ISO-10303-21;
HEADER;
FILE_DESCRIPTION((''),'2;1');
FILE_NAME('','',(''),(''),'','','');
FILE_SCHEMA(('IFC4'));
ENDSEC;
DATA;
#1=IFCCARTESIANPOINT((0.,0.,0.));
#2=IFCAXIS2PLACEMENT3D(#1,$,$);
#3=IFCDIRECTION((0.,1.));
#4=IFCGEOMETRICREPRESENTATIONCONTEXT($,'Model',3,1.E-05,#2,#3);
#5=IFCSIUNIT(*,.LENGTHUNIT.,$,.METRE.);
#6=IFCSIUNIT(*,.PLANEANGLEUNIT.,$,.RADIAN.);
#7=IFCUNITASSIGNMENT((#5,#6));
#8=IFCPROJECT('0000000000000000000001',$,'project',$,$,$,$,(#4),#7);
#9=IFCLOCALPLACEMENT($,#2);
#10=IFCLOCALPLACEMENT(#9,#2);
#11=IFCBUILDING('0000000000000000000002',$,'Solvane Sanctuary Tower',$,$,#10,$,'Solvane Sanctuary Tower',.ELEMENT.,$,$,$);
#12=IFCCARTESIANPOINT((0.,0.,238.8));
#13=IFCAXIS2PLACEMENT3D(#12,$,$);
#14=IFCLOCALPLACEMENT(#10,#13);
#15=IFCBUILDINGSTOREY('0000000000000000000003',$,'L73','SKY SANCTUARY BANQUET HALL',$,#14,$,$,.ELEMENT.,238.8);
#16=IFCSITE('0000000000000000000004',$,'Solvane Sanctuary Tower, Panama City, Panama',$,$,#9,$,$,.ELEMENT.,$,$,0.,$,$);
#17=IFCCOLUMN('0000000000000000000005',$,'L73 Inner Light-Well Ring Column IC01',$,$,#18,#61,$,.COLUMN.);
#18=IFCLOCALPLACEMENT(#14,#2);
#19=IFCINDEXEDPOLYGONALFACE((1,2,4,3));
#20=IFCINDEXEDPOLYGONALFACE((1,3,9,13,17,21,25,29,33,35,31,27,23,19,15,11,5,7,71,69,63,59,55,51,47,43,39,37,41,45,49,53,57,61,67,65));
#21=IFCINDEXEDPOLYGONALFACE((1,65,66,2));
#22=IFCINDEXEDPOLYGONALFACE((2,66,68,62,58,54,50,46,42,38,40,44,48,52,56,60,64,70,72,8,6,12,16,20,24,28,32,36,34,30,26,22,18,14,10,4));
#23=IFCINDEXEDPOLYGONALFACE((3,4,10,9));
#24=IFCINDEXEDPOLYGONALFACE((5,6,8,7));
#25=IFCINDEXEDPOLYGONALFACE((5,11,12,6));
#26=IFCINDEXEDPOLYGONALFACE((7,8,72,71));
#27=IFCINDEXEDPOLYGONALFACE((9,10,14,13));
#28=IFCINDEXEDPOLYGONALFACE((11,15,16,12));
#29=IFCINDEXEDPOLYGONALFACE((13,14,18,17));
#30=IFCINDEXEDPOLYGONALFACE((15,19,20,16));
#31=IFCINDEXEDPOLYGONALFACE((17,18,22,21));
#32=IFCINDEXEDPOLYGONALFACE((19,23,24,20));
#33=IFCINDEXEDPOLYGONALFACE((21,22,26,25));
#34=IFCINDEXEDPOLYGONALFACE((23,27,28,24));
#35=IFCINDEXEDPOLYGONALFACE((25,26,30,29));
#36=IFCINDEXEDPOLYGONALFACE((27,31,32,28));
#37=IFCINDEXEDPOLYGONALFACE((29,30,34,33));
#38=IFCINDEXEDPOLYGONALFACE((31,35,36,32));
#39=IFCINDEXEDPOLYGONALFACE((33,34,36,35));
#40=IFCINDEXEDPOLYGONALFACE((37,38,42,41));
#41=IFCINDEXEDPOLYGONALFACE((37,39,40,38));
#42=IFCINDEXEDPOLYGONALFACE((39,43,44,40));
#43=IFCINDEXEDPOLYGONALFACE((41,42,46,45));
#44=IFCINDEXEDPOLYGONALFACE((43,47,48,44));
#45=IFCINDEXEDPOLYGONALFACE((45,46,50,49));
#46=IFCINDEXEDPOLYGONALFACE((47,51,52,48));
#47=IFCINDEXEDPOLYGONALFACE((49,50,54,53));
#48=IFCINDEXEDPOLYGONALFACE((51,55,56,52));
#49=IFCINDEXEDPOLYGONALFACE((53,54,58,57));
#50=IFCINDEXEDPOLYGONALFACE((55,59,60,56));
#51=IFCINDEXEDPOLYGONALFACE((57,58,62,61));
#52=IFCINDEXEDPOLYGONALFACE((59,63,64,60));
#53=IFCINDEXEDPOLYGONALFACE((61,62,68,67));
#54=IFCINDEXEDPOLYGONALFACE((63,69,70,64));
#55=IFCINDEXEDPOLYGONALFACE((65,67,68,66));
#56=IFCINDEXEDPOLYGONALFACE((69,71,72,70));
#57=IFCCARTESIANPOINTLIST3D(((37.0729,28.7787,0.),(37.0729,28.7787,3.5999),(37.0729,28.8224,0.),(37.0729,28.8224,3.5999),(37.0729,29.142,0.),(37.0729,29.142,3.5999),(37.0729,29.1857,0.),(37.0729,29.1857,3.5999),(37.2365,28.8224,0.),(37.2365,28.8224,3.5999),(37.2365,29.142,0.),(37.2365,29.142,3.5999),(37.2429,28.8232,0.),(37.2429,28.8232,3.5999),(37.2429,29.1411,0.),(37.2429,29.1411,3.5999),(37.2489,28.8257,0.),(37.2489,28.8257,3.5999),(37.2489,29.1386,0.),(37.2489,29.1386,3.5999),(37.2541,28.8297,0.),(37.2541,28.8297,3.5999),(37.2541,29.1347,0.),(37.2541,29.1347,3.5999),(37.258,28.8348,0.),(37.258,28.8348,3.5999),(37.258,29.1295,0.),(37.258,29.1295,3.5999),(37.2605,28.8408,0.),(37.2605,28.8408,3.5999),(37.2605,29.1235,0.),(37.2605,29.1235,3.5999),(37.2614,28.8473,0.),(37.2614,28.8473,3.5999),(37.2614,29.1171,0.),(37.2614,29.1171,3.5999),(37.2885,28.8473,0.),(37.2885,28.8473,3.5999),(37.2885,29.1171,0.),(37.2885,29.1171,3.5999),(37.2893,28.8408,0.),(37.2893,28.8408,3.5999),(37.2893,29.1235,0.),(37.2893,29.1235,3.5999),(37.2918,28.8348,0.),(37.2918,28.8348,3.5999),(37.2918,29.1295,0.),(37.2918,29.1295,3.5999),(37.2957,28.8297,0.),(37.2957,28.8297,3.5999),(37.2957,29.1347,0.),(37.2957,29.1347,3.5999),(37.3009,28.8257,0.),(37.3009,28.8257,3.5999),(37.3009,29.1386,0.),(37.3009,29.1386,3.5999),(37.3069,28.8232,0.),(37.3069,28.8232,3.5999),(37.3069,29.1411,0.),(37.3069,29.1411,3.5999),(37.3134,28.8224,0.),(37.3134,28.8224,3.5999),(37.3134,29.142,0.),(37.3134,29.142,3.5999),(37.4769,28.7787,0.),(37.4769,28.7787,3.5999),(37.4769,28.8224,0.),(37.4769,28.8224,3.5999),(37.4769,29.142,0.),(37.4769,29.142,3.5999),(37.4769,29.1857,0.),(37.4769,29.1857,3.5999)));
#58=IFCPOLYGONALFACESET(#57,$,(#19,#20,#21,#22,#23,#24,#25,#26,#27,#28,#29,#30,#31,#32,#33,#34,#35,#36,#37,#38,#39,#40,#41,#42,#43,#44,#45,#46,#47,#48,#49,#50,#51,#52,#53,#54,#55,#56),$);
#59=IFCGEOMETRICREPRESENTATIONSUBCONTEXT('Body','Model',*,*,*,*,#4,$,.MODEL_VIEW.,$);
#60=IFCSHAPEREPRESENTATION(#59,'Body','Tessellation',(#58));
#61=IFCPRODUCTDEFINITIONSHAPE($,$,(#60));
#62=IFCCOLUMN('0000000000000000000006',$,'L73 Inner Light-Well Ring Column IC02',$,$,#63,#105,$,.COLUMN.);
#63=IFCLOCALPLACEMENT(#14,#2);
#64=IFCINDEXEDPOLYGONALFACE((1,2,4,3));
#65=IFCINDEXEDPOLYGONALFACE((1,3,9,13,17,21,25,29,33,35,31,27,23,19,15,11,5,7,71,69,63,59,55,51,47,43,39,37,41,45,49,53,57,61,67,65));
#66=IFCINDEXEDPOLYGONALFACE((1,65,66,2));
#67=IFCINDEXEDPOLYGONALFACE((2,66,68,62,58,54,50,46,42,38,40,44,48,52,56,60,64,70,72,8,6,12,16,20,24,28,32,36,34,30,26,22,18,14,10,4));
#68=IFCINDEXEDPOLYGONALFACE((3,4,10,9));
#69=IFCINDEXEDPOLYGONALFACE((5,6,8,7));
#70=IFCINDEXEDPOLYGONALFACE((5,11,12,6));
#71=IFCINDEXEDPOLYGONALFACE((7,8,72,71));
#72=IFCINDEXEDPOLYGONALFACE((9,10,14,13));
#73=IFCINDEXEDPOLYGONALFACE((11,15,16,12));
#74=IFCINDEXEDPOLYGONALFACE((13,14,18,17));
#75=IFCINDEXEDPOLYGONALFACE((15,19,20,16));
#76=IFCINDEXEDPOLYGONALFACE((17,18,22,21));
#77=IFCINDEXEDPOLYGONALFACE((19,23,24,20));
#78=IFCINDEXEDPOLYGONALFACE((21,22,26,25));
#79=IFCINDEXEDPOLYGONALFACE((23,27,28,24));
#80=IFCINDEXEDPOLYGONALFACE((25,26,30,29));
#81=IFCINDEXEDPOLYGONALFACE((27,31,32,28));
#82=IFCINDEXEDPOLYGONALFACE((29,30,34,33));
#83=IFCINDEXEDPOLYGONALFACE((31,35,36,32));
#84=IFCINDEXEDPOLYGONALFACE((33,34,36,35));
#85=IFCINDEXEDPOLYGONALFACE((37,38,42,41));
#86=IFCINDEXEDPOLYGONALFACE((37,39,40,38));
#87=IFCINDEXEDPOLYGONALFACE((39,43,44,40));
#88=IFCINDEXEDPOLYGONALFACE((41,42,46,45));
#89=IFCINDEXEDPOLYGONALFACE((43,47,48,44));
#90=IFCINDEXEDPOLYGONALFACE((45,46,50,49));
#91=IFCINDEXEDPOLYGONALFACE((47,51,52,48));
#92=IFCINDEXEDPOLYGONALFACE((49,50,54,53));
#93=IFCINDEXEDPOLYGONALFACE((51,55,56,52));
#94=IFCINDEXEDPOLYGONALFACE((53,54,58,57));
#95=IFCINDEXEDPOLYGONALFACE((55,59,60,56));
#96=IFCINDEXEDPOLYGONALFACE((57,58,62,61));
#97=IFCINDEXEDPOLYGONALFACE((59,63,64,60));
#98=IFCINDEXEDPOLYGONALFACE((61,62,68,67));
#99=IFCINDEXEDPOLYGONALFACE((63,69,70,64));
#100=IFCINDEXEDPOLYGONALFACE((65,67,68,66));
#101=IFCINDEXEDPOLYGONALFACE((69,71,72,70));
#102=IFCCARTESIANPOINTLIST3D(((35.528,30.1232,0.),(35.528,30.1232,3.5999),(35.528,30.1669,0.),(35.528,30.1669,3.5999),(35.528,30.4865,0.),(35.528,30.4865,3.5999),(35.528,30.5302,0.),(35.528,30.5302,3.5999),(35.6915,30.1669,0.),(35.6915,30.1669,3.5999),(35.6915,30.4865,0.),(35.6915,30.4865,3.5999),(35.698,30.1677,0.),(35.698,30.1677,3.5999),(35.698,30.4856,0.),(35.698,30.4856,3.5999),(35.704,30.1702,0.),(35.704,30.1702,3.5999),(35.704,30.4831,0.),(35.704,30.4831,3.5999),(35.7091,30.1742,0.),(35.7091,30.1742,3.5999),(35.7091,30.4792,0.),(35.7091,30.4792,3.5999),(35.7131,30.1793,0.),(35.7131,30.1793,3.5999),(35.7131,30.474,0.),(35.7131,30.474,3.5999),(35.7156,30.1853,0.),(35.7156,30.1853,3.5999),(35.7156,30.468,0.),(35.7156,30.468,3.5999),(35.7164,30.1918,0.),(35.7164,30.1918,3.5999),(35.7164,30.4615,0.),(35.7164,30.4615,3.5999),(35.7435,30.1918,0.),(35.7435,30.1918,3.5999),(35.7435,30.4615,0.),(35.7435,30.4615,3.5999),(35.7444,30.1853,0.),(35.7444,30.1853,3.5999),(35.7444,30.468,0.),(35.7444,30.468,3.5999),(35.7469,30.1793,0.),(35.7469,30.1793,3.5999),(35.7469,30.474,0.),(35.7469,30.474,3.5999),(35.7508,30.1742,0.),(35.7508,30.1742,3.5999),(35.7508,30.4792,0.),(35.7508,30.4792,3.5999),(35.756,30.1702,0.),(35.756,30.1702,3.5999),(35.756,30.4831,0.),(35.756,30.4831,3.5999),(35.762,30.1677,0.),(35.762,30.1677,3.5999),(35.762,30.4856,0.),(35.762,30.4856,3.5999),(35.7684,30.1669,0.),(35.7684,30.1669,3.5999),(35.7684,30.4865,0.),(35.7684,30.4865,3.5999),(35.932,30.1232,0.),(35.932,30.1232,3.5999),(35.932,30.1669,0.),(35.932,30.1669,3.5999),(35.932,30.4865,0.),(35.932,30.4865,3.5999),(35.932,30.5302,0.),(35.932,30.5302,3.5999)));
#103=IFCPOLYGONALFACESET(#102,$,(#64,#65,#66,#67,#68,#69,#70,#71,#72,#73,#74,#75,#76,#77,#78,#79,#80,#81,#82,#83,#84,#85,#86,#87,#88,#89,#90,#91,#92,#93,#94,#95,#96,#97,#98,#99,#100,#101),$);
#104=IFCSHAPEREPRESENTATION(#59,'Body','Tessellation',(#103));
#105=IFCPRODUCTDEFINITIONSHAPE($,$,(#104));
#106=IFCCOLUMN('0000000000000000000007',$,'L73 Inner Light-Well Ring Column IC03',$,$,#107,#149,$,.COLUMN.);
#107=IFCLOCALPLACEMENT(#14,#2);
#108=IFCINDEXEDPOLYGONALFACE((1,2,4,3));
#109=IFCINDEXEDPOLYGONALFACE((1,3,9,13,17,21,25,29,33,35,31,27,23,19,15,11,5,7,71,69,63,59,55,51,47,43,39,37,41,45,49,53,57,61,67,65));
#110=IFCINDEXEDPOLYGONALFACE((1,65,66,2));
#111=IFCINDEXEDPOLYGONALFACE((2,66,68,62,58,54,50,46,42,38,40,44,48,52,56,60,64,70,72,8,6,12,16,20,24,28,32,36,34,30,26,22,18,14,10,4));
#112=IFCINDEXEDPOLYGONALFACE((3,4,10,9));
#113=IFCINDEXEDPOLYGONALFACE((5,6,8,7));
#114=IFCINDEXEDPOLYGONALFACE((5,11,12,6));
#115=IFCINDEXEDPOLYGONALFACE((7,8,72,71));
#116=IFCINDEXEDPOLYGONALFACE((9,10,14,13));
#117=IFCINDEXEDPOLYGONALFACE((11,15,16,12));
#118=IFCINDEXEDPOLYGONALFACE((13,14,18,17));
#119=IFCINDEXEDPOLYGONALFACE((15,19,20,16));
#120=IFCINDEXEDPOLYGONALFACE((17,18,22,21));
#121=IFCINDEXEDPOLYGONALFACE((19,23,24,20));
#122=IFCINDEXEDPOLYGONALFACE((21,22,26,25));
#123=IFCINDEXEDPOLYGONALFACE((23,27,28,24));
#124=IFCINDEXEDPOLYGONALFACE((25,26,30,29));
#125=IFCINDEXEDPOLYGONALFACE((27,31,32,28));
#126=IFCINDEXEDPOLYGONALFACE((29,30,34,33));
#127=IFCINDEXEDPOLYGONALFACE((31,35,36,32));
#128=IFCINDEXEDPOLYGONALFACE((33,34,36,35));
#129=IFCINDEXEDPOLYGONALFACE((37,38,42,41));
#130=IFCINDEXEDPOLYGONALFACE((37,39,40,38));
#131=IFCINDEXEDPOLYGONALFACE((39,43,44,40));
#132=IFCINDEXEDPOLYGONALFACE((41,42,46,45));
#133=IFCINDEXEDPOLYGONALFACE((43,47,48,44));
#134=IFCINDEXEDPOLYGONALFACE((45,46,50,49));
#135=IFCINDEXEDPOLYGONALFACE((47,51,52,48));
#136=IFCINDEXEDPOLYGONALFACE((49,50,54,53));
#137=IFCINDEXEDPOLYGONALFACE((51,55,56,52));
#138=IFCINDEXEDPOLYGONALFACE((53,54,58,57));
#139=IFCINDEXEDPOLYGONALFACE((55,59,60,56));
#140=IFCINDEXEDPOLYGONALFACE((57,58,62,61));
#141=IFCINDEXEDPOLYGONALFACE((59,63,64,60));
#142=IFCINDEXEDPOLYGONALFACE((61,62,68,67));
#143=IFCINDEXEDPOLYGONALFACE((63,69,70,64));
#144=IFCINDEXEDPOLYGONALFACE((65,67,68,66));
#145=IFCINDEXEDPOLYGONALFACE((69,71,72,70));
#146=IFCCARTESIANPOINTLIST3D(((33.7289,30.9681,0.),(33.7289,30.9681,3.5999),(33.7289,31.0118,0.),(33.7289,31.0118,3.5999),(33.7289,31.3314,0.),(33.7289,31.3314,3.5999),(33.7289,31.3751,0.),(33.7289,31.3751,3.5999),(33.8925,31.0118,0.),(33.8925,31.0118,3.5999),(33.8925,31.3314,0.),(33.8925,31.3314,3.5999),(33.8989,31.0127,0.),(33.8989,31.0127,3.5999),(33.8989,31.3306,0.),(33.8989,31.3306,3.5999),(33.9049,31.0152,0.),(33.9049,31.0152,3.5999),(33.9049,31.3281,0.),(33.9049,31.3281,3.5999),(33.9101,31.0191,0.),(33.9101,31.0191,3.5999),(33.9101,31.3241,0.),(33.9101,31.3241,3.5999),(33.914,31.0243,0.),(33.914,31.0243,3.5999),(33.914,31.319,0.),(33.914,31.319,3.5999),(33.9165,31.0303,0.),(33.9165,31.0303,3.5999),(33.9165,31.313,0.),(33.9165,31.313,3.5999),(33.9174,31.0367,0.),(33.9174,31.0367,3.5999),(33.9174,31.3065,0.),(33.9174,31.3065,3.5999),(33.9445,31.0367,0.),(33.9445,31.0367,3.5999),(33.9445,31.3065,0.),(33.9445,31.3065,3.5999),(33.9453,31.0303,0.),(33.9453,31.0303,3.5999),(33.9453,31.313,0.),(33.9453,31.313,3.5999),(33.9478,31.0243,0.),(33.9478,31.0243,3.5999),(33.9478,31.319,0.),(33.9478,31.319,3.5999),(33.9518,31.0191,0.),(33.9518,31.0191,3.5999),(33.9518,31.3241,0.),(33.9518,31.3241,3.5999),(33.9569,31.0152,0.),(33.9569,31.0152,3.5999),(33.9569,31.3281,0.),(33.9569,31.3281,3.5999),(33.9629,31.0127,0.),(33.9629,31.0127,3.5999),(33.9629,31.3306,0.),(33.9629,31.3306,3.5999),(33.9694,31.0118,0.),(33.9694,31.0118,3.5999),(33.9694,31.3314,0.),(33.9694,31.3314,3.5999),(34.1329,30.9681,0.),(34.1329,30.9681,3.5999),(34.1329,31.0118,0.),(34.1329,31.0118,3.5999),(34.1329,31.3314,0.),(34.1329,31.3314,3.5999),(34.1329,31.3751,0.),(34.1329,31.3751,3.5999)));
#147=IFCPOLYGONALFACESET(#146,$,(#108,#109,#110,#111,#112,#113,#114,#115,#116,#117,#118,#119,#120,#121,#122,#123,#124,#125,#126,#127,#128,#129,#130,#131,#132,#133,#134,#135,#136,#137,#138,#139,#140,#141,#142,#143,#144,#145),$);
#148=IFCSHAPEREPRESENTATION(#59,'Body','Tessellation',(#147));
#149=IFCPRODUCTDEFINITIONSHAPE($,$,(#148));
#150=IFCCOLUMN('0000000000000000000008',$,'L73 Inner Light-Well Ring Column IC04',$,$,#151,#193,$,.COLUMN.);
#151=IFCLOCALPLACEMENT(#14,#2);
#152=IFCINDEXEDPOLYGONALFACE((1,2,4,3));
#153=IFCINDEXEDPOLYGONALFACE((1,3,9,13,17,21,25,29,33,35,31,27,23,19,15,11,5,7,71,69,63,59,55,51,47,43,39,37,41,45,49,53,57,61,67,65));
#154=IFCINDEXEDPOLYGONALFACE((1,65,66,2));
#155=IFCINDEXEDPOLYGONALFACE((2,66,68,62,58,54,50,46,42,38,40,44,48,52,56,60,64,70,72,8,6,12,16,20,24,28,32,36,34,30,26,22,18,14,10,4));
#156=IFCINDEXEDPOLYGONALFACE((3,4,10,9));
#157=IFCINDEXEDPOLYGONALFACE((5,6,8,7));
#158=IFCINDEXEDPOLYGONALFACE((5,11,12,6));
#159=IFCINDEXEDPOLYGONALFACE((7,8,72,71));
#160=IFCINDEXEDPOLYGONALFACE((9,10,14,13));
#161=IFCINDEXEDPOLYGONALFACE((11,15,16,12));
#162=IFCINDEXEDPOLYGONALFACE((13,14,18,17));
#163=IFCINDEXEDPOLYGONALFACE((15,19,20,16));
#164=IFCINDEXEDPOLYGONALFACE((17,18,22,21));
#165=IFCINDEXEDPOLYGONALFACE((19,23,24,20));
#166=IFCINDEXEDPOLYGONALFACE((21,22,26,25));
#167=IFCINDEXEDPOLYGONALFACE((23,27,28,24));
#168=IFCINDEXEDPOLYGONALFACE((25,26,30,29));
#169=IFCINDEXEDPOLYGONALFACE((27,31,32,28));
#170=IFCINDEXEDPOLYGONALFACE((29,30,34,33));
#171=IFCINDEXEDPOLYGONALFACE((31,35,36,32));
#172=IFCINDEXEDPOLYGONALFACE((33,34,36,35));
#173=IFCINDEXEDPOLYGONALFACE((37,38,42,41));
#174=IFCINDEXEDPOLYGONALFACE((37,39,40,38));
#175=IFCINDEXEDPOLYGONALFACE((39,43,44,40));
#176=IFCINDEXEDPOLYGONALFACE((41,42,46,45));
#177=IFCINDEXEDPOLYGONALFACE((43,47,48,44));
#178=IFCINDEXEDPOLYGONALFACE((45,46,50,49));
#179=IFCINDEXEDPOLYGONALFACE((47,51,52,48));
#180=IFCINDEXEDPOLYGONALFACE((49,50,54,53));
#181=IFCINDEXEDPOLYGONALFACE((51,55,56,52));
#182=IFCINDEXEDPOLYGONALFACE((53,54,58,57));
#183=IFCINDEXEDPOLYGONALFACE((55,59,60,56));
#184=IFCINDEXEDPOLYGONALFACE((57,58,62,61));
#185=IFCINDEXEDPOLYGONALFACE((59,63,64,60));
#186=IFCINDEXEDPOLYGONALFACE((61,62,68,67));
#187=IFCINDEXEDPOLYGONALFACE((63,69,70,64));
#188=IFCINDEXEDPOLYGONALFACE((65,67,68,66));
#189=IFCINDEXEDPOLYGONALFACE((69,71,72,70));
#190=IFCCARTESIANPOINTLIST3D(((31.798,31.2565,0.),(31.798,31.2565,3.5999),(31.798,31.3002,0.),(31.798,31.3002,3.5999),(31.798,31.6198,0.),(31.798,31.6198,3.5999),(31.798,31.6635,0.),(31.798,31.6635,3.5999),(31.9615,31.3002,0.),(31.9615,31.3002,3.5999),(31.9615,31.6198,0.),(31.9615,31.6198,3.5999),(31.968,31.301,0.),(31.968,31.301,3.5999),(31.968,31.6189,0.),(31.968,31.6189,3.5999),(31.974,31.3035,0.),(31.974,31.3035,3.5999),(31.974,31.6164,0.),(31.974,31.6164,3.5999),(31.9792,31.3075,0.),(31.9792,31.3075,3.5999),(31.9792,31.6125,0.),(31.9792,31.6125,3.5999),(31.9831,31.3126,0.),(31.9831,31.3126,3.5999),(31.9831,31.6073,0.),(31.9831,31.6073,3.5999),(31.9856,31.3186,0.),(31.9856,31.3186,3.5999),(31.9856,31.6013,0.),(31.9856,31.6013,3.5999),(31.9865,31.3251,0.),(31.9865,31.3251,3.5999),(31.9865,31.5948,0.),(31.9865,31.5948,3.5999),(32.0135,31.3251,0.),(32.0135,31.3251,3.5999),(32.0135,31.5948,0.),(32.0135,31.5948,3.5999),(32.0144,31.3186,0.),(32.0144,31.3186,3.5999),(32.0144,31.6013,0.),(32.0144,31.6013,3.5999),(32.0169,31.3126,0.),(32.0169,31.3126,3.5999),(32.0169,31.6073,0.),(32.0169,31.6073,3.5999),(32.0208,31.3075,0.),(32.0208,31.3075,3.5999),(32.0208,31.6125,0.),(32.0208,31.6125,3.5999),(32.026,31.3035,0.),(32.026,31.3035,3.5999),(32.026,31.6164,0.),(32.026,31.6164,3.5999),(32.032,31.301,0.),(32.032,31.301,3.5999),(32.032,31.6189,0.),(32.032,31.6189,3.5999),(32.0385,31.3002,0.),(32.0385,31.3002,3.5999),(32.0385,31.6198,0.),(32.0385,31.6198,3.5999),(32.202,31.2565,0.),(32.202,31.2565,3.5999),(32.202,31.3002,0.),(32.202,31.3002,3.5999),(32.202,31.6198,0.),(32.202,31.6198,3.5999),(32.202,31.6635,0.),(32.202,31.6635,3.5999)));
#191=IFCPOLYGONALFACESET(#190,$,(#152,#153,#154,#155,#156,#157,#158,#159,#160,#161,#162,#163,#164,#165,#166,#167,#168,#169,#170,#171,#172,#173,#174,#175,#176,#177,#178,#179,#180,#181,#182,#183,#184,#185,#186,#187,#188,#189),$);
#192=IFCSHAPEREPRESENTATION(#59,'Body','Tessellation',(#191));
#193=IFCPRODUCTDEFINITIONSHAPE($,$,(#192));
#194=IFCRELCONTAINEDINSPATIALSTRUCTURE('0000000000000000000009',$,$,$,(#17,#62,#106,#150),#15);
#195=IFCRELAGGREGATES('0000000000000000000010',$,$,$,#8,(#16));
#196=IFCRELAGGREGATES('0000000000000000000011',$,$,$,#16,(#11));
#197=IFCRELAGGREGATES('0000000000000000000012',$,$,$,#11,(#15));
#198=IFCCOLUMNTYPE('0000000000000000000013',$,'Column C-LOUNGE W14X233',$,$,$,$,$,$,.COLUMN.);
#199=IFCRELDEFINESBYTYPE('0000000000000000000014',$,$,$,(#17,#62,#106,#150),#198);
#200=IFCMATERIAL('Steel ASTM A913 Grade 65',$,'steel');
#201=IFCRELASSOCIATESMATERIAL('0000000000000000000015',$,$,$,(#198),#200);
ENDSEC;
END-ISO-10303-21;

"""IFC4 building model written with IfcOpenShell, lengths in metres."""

from ifc_helpers import new_model, si_unit, direction, frame, origin, origin_2d, place, context, subcontext, project, spatial, i_section, extrude, material, material_profile, profile_set, type_object, element, save


model = new_model("IFC4")

# Units and contexts
model_context = context("Model", 3, precision=1e-05, world=origin(), true_north=direction((0.0, 1.0)))
body_context = subcontext(model_context, "Body", "Model", "MODEL_VIEW")
ifc_project = project(units=[si_unit("LENGTHUNIT", "METRE"), si_unit("PLANEANGLEUNIT", "RADIAN")], contexts=[model_context])

# Site, building, storey
site_placement = place(None, origin())
site = spatial("IfcSite", under=ifc_project, at=site_placement, Name="Solvane Sanctuary Tower, Panama City, Panama", CompositionType="ELEMENT", RefElevation=0.0)
building_placement = place(site_placement, origin())
building = spatial("IfcBuilding", under=site, at=building_placement, Name="Solvane Sanctuary Tower", LongName="Solvane Sanctuary Tower", CompositionType="ELEMENT")
storey_placement = place(building_placement, frame((0.0, 0.0, 238.8)))
storey = spatial("IfcBuildingStorey", under=building, at=storey_placement, Name="L73", Description="SKY SANCTUARY BANQUET HALL", CompositionType="ELEMENT", Elevation=238.8)

# Columns
ifc_material_1 = material(Name="Steel ASTM A913 Grade 65", Category="steel")
ifc_material_profile_1 = material_profile(ifc_material_1, i_section(OverallWidth=0.4041, OverallDepth=0.407, WebThickness=0.0271, FlangeThickness=0.0437, FilletRadius=0.0249, at=origin_2d()), Name="W14X233")
ifc_profile_set_1 = profile_set([ifc_material_profile_1], Name="Steel ASTM A913 Grade 65")
column_type = type_object("IfcColumnType", Name="Column C-LOUNGE W14X233", PredefinedType="COLUMN", material=ifc_profile_set_1)
for number, where, z_axis, x_axis, name in (
    (1, (37.2749, 28.9822, 0.0), (0.0, 0.0, 1.0), (1.0, 0.0, 0.0), "L73 Inner Light-Well Ring Column IC01"),
    (2, (35.73, 30.3267, 0.0), (0.0, 0.0, 1.0), (1.0, 0.0, 0.0), "L73 Inner Light-Well Ring Column IC02"),
    (3, (33.9309, 31.1716, 0.0), (0.0, 0.0, 1.0), (1.0, 0.0, 0.0), "L73 Inner Light-Well Ring Column IC03"),
    (4, (32.0, 31.46, 0.0), (0.0, 0.0, 1.0), (1.0, 0.0, 0.0), "L73 Inner Light-Well Ring Column IC04"),
):
    element("IfcColumn", number, at=place(storey_placement, frame(where, z_axis=z_axis, x_axis=x_axis)), inside=storey, type_object=column_type, Name=name, PredefinedType="COLUMN", context=body_context, shape_type="SweptSolid", body=[
        extrude(i_section(OverallWidth=0.4041, OverallDepth=0.407, WebThickness=0.0271, FlangeThickness=0.0437, FilletRadius=0.0249, at=origin_2d()), origin(), (0.0, 0.0, 1.0), 3.5999),
    ])

save(model, "model.ifc")
